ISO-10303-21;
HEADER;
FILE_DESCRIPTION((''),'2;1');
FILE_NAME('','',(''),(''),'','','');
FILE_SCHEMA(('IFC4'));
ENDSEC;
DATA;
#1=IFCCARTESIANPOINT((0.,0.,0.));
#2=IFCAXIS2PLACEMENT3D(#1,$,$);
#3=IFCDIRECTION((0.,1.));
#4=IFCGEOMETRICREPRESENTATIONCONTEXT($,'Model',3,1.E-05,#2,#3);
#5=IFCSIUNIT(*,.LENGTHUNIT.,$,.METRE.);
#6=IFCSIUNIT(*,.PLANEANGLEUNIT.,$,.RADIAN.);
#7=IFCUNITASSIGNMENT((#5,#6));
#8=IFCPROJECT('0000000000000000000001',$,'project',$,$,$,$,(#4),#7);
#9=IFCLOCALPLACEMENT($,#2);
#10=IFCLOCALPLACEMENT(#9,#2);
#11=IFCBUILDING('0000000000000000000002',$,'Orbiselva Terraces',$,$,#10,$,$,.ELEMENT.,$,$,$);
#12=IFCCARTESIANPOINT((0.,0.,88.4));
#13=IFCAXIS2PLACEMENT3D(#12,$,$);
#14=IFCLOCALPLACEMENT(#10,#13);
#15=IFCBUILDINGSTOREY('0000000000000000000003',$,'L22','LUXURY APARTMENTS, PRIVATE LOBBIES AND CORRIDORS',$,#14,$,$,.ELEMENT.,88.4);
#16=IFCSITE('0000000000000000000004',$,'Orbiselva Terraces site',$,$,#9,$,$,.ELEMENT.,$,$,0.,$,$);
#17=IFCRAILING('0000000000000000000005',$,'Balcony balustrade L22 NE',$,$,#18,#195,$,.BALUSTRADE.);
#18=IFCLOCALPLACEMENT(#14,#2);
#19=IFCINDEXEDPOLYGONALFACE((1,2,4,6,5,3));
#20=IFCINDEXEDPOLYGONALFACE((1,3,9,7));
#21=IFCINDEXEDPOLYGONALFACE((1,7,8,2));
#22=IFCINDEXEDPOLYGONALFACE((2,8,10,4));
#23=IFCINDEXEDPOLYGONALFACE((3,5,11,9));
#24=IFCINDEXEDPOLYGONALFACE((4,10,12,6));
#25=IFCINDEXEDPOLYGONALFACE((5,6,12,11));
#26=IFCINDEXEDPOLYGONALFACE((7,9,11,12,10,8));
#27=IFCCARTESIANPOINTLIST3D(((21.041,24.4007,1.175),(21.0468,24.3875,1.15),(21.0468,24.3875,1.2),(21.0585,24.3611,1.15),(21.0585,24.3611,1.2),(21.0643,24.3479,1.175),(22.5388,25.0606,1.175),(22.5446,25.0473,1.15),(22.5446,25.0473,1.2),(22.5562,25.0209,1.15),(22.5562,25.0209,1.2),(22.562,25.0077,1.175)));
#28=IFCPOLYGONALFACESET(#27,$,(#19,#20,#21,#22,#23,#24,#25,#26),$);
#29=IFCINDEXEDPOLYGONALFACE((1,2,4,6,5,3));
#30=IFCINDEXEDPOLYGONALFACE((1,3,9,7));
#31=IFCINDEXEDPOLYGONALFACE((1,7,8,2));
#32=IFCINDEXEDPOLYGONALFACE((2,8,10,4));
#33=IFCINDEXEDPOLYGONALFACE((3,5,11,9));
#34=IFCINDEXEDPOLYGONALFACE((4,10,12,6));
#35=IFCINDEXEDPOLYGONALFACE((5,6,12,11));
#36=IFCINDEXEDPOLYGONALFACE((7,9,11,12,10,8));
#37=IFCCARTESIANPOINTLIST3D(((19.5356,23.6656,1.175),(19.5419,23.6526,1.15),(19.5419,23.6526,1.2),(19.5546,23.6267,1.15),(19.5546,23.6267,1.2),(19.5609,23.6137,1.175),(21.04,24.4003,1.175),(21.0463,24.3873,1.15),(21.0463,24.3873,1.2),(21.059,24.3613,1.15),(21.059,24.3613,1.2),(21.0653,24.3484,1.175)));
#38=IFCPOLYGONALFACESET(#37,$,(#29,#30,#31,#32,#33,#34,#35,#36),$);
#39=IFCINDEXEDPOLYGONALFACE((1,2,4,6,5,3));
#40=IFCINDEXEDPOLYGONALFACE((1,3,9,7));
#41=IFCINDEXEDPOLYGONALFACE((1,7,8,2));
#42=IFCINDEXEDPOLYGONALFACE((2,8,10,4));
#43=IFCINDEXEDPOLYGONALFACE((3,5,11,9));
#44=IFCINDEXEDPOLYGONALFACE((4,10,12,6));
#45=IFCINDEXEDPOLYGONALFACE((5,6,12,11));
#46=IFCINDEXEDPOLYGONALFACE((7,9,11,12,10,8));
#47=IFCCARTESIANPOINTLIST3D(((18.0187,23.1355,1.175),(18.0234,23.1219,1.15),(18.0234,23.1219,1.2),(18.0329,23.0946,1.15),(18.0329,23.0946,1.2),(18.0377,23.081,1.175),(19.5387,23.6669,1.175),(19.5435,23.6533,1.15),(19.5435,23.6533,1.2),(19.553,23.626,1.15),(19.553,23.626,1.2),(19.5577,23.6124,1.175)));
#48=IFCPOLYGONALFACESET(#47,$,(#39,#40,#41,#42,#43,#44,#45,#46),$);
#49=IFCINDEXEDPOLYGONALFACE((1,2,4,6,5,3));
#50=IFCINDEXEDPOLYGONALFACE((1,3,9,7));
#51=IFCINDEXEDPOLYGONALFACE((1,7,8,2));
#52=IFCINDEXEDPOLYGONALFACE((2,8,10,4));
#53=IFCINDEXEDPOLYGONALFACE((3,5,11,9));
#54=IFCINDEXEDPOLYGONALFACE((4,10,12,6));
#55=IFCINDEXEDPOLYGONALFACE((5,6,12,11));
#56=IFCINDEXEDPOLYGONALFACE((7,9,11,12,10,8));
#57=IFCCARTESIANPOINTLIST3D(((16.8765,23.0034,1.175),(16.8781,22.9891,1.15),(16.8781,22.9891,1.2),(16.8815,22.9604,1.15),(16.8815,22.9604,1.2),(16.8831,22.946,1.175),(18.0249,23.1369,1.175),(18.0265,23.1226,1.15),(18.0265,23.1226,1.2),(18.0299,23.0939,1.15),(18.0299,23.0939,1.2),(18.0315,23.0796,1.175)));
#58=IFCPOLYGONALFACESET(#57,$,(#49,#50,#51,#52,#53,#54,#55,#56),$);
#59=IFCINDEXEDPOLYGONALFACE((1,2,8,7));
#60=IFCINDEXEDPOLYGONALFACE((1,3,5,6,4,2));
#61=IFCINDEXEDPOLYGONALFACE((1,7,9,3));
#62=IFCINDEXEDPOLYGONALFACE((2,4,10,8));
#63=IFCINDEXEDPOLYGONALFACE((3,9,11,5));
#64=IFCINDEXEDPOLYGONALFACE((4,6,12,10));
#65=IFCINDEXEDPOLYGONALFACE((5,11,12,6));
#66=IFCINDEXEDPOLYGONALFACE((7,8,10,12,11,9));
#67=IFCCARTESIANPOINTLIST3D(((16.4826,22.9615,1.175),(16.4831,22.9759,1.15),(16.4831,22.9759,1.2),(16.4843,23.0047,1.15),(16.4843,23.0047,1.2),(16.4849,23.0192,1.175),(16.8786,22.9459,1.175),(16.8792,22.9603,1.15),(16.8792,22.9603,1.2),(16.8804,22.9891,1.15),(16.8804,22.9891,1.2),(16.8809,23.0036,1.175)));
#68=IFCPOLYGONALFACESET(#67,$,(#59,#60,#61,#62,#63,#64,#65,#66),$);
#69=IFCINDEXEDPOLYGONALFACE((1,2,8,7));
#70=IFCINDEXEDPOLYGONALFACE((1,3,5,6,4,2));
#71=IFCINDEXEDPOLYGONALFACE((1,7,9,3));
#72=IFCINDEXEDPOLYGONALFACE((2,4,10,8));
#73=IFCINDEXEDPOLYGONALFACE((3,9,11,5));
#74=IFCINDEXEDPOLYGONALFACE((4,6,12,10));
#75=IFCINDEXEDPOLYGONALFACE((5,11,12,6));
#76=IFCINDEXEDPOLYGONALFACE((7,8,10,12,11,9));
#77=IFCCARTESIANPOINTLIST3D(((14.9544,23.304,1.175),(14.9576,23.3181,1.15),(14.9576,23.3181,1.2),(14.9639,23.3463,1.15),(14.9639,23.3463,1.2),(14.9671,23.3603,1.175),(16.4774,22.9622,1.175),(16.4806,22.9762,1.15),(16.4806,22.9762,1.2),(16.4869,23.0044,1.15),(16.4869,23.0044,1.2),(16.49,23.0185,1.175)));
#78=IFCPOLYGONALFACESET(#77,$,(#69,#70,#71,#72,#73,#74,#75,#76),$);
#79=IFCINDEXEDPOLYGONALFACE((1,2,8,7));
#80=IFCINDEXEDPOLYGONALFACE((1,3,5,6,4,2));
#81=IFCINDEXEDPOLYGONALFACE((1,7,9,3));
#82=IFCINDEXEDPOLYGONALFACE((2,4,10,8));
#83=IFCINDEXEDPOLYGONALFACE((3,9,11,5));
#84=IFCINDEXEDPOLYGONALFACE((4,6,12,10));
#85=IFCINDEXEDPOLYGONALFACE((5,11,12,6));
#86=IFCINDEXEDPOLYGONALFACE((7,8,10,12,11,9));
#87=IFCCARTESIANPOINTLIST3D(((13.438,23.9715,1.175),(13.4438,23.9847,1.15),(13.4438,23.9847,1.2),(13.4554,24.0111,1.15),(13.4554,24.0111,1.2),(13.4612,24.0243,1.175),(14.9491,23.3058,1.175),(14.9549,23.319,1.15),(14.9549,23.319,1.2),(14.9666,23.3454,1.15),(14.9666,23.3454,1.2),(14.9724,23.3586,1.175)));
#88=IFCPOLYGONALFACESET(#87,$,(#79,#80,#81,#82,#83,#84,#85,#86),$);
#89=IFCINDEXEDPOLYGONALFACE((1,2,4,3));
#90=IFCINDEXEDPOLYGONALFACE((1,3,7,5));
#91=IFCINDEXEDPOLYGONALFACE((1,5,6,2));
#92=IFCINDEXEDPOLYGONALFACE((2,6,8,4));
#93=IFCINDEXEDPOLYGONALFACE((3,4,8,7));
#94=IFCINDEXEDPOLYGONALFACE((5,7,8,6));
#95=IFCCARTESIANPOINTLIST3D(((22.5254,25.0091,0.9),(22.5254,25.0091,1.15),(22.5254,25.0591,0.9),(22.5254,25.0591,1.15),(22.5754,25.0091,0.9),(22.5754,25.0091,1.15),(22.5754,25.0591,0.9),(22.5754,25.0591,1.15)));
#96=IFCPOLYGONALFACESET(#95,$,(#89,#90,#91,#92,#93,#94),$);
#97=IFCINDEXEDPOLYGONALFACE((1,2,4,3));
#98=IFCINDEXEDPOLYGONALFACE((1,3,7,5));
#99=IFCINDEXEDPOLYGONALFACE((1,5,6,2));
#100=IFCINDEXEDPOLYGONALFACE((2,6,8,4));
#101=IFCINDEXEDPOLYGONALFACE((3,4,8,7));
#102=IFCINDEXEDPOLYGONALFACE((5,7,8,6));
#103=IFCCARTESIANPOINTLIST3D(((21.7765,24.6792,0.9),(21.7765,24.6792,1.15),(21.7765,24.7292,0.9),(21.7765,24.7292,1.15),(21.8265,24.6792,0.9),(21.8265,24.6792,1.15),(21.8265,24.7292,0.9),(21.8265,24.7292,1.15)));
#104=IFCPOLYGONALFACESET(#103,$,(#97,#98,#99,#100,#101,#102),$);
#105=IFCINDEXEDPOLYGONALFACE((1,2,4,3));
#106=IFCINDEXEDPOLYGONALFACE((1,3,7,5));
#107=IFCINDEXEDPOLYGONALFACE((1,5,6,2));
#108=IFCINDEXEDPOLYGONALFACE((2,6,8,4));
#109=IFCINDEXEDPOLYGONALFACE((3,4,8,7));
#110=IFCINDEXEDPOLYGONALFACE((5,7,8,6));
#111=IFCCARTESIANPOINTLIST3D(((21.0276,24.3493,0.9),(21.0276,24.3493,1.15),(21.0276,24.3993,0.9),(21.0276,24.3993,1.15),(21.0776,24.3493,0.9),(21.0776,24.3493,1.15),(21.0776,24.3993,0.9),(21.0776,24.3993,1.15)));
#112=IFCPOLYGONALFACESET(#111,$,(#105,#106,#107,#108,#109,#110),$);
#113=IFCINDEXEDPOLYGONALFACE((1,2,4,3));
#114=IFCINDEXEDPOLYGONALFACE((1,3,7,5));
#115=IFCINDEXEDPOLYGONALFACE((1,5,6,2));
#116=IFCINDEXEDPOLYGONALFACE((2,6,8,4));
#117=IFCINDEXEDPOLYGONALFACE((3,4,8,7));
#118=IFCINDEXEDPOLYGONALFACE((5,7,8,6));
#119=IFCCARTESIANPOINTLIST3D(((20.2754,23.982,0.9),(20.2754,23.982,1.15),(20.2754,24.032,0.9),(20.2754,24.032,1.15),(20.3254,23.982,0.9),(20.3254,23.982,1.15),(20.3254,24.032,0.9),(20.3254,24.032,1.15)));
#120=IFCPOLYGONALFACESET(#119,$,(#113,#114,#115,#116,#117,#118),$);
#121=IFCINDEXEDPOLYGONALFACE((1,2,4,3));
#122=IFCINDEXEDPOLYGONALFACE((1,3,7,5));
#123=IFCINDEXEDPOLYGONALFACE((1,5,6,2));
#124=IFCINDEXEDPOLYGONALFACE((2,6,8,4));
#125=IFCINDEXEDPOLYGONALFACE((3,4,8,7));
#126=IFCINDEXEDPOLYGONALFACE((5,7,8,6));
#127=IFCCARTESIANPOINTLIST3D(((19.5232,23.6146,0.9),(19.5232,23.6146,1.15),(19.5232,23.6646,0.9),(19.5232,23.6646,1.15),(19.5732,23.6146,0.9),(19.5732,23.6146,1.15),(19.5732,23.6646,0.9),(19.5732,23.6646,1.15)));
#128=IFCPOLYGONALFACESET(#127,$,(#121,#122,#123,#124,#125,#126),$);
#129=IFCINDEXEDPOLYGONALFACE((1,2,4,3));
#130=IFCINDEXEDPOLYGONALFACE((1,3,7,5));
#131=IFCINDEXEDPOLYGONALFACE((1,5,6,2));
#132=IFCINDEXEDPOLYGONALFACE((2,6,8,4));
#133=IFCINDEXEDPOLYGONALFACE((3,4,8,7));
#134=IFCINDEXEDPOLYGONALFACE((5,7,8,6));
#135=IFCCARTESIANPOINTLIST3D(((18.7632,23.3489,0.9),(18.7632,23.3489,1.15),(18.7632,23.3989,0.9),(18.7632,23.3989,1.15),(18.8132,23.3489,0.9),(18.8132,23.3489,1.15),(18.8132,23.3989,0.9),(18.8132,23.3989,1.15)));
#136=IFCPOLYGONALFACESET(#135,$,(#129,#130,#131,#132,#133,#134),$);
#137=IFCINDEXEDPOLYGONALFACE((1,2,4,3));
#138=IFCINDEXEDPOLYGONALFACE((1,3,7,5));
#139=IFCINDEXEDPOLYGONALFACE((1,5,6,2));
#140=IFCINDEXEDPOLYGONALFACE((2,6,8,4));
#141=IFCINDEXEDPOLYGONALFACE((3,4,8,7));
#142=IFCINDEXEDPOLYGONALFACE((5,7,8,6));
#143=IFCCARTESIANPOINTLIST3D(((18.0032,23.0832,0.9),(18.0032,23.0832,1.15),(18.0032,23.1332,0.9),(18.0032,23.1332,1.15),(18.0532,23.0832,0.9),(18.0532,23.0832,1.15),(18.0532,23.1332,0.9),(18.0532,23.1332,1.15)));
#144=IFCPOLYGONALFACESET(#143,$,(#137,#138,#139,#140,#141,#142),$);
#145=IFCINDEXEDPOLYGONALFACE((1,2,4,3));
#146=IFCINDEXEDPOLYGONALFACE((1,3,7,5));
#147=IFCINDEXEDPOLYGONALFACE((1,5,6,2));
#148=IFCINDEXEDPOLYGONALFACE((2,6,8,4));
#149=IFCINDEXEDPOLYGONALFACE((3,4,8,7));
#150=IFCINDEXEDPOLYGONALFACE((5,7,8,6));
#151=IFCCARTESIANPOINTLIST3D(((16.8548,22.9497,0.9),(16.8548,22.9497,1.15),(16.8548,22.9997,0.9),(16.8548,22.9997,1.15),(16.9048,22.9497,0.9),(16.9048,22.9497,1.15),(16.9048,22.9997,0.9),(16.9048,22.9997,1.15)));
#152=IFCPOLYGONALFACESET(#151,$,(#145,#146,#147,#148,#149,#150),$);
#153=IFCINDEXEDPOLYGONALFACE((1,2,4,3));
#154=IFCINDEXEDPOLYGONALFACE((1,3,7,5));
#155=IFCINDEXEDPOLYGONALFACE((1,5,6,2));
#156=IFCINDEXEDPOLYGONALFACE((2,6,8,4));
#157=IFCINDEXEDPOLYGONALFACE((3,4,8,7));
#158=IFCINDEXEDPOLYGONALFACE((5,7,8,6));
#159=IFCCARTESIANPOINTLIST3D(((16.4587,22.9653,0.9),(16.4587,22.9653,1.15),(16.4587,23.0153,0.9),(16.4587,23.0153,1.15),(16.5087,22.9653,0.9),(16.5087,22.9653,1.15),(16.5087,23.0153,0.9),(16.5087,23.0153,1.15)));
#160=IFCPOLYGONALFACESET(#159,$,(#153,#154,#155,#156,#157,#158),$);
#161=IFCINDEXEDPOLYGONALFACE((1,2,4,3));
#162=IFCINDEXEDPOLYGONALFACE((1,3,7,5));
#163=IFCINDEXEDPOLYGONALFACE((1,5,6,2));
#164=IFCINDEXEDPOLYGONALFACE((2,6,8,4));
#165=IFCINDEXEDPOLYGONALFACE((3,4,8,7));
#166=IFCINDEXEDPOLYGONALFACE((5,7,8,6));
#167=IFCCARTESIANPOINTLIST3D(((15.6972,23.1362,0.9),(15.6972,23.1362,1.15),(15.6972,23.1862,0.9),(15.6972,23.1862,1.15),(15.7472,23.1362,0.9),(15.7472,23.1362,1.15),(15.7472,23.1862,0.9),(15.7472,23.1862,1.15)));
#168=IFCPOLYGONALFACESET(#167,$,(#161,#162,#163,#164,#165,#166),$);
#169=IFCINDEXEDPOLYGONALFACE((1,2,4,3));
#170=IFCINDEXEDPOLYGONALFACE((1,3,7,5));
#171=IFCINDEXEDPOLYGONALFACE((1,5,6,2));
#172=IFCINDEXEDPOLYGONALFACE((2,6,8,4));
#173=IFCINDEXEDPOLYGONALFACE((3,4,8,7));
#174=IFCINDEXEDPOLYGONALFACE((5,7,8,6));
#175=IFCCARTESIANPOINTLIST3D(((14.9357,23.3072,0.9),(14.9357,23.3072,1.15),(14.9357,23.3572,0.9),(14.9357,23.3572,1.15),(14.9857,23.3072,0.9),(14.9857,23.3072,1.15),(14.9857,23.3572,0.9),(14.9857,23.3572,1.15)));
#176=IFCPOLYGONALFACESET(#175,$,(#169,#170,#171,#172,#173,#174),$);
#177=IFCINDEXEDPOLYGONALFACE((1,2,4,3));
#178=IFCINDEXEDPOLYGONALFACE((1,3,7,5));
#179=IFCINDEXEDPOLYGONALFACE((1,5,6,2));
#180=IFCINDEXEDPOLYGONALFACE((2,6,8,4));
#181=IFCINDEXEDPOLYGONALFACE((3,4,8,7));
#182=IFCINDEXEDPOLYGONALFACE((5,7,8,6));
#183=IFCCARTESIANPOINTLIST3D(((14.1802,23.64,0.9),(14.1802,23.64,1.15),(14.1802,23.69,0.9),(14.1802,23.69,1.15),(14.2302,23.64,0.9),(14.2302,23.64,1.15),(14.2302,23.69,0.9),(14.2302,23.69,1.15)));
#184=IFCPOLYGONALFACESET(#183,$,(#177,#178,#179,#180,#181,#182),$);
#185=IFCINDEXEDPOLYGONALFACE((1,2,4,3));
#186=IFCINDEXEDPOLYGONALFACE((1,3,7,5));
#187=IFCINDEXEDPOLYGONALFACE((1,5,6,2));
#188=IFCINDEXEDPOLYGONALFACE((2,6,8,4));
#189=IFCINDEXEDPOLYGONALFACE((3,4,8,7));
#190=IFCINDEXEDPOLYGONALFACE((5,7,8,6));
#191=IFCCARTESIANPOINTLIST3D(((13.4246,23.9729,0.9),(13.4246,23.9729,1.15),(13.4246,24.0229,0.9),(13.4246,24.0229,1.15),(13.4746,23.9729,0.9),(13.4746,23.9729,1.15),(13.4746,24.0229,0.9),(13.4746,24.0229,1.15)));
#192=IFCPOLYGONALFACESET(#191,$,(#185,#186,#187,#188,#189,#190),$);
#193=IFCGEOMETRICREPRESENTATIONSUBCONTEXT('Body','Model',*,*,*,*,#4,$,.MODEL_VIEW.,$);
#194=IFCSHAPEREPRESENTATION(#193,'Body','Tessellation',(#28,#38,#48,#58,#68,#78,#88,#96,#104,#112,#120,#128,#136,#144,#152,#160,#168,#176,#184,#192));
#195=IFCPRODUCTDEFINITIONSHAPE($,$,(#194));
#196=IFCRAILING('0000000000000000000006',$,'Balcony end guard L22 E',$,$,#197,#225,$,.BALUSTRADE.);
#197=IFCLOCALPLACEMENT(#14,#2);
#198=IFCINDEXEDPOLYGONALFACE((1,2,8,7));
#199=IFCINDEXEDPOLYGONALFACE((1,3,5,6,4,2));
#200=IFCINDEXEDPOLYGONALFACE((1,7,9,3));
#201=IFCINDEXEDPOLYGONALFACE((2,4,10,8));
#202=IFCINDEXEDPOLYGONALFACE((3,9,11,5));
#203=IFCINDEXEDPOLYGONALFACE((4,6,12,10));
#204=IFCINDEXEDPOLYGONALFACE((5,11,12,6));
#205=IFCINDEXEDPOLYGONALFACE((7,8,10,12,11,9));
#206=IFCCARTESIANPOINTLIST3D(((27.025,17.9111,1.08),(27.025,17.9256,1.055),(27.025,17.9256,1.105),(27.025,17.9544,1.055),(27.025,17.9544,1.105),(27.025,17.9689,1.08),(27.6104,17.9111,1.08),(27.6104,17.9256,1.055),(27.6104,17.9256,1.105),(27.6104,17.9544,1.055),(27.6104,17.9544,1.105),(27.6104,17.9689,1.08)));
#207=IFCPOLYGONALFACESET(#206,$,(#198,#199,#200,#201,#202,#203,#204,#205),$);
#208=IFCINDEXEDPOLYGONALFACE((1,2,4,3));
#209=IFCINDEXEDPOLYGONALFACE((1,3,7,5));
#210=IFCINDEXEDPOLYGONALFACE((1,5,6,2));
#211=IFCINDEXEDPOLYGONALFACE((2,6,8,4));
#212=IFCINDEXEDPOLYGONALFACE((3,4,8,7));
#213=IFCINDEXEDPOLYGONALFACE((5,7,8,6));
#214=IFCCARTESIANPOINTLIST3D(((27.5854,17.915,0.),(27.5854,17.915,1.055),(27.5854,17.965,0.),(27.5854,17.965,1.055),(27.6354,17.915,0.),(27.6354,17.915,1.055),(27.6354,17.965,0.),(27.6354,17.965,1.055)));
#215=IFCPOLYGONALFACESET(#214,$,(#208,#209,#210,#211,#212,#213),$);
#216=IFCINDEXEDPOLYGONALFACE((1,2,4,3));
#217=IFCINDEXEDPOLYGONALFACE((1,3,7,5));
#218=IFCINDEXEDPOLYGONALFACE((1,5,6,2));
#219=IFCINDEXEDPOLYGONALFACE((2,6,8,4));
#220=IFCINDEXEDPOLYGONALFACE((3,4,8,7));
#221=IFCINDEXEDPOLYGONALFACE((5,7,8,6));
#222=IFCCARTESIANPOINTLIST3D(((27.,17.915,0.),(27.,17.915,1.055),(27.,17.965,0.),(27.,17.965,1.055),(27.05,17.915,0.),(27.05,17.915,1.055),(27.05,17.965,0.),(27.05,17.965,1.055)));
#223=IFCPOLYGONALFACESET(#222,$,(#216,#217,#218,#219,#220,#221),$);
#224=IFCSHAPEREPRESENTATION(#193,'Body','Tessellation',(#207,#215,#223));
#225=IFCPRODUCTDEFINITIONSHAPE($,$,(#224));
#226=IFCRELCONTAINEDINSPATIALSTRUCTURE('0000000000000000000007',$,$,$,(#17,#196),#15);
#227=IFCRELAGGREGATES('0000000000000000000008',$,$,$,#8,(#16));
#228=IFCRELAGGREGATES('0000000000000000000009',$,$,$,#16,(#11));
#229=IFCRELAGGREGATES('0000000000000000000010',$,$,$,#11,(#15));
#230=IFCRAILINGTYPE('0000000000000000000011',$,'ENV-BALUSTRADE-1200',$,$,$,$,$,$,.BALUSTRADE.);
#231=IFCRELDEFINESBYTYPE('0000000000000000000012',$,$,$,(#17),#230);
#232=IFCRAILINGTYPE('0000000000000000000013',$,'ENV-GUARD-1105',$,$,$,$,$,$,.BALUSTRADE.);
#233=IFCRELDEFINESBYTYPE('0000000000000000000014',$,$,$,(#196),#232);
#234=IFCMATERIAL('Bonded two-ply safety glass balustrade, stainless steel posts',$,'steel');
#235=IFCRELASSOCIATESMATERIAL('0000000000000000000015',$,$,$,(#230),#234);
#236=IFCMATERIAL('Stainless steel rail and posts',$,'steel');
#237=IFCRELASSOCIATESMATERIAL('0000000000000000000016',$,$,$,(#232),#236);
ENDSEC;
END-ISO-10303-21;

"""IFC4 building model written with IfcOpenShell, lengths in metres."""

from ifc_helpers import new_model, si_unit, direction, frame, origin, origin_2d, place, context, subcontext, project, spatial, polyline, rectangle, outline, extrude, material, type_object, element, save


model = new_model("IFC4")

# Units and contexts
model_context = context("Model", 3, precision=1e-05, world=origin(), true_north=direction((0.0, 1.0)))
body_context = subcontext(model_context, "Body", "Model", "MODEL_VIEW")
ifc_project = project(units=[si_unit("LENGTHUNIT", "METRE"), si_unit("PLANEANGLEUNIT", "RADIAN")], contexts=[model_context])

# Site, building, storey
site_placement = place(None, origin())
site = spatial("IfcSite", under=ifc_project, at=site_placement, Name="Orbiselva Terraces site", CompositionType="ELEMENT", RefElevation=0.0)
building_placement = place(site_placement, origin())
building = spatial("IfcBuilding", under=site, at=building_placement, Name="Orbiselva Terraces", CompositionType="ELEMENT")
storey_placement = place(building_placement, frame((0.0, 0.0, 88.4)))
storey = spatial("IfcBuildingStorey", under=building, at=storey_placement, Name="L22", Description="LUXURY APARTMENTS, PRIVATE LOBBIES AND CORRIDORS", CompositionType="ELEMENT", Elevation=88.4)

# Railings
ifc_material_1 = material(Name="Bonded two-ply safety glass balustrade, stainless steel posts", Category="steel")
railing_type_1 = type_object("IfcRailingType", Name="ENV-BALUSTRADE-1200", PredefinedType="BALUSTRADE", material=ifc_material_1)
railing_1_placement = place(storey_placement, frame((22.5504, 25.0341, 0.9)))
element("IfcRailing", 1, at=railing_1_placement, inside=storey, type_object=railing_type_1, Name="Balcony balustrade L22 NE", PredefinedType="BALUSTRADE", context=body_context, shape_type="SweptSolid", body=[
    extrude(outline(polyline([(0.0289, 0.0), (0.0144, 0.025), (-0.0144, 0.025), (-0.0289, 0.0), (-0.0144, -0.025), (0.0144, -0.025), (0.0289, 0.0)])), frame((0.0, 0.0, 0.275), z_axis=(-0.915133, -0.403151, 0.0), x_axis=(0.403151, -0.915133, 0.0)), (0.0, 0.0, 1.0), 1.6366),
    extrude(outline(polyline([(0.0289, 0.0), (0.0144, 0.025), (-0.0144, 0.025), (-0.0289, 0.0), (-0.0144, -0.025), (0.0144, -0.025), (0.0289, 0.0)])), frame((-1.4978, -0.6598, 0.275), z_axis=(-0.898579, -0.438812, 0.0), x_axis=(0.438812, -0.898579, 0.0)), (0.0, 0.0, 1.0), 1.6742),
    extrude(outline(polyline([(0.0289, 0.0), (0.0144, 0.025), (-0.0144, 0.025), (-0.0289, 0.0), (-0.0144, -0.025), (0.0144, -0.025), (0.0289, 0.0)])), frame((-3.0022, -1.3945, 0.275), z_axis=(-0.943972, -0.330025, 0.0), x_axis=(0.330025, -0.943972, 0.0)), (0.0, 0.0, 1.0), 1.6103),
    extrude(outline(polyline([(0.0289, 0.0), (0.0144, 0.025), (-0.0144, 0.025), (-0.0289, 0.0), (-0.0144, -0.025), (0.0144, -0.025), (0.0289, 0.0)])), frame((-4.5222, -1.9259, 0.275), z_axis=(-0.99331, -0.115482, 0.0), x_axis=(0.115482, -0.99331, 0.0)), (0.0, 0.0, 1.0), 1.1561),
    extrude(outline(polyline([(0.0289, 0.0), (0.0144, 0.025), (-0.0144, 0.025), (-0.0289, 0.0), (-0.0144, -0.025), (0.0144, -0.025), (0.0289, 0.0)])), frame((-5.6706, -2.0594, 0.275), z_axis=(-0.999225, 0.039369, 0.0), x_axis=(-0.039369, -0.999225, 0.0)), (0.0, 0.0, 1.0), 0.3964),
    extrude(outline(polyline([(0.0289, 0.0), (0.0144, 0.025), (-0.0144, 0.025), (-0.0289, 0.0), (-0.0144, -0.025), (0.0144, -0.025), (0.0289, 0.0)])), frame((-6.0667, -2.0438, 0.275), z_axis=(-0.975721, 0.219016, 0.0), x_axis=(-0.219016, -0.975721, 0.0)), (0.0, 0.0, 1.0), 1.5609),
    extrude(outline(polyline([(0.0289, 0.0), (0.0144, 0.025), (-0.0144, 0.025), (-0.0289, 0.0), (-0.0144, -0.025), (0.0144, -0.025), (0.0289, 0.0)])), frame((-7.5896, -1.702, 0.275), z_axis=(-0.915134, 0.403151, 0.0), x_axis=(-0.403151, -0.915134, 0.0)), (0.0, 0.0, 1.0), 1.6513),
    extrude(rectangle(XDim=0.05, YDim=0.05, at=origin_2d()), origin(), (0.0, 0.0, 1.0), 0.25),
    extrude(rectangle(XDim=0.05, YDim=0.05, at=origin_2d()), frame((-0.7489, -0.3299, 0.0)), (0.0, 0.0, 1.0), 0.25),
    extrude(rectangle(XDim=0.05, YDim=0.05, at=origin_2d()), frame((-1.4978, -0.6598, 0.0)), (0.0, 0.0, 1.0), 0.25),
    extrude(rectangle(XDim=0.05, YDim=0.05, at=origin_2d()), frame((-2.25, -1.0272, 0.0)), (0.0, 0.0, 1.0), 0.25),
    extrude(rectangle(XDim=0.05, YDim=0.05, at=origin_2d()), frame((-3.0022, -1.3945, 0.0)), (0.0, 0.0, 1.0), 0.25),
    extrude(rectangle(XDim=0.05, YDim=0.05, at=origin_2d()), frame((-3.7622, -1.6602, 0.0)), (0.0, 0.0, 1.0), 0.25),
    extrude(rectangle(XDim=0.05, YDim=0.05, at=origin_2d()), frame((-4.5222, -1.9259, 0.0)), (0.0, 0.0, 1.0), 0.25),
    extrude(rectangle(XDim=0.05, YDim=0.05, at=origin_2d()), frame((-5.6706, -2.0594, 0.0)), (0.0, 0.0, 1.0), 0.25),
    extrude(rectangle(XDim=0.05, YDim=0.05, at=origin_2d()), frame((-6.0667, -2.0438, 0.0)), (0.0, 0.0, 1.0), 0.25),
    extrude(rectangle(XDim=0.05, YDim=0.05, at=origin_2d()), frame((-6.8282, -1.8729, 0.0)), (0.0, 0.0, 1.0), 0.25),
    extrude(rectangle(XDim=0.05, YDim=0.05, at=origin_2d()), frame((-7.5896, -1.702, 0.0)), (0.0, 0.0, 1.0), 0.25),
    extrude(rectangle(XDim=0.05, YDim=0.05, at=origin_2d()), frame((-8.3452, -1.3691, 0.0)), (0.0, 0.0, 1.0), 0.25),
    extrude(rectangle(XDim=0.05, YDim=0.05, at=origin_2d()), frame((-9.1008, -1.0362, 0.0)), (0.0, 0.0, 1.0), 0.25),
])
ifc_material_2 = material(Name="Stainless steel rail and posts", Category="steel")
railing_type_2 = type_object("IfcRailingType", Name="ENV-GUARD-1105", PredefinedType="BALUSTRADE", material=ifc_material_2)
railing_2_placement = place(storey_placement, frame((27.6104, 17.94, 0.0)))
element("IfcRailing", 2, at=railing_2_placement, inside=storey, type_object=railing_type_2, Name="Balcony end guard L22 E", PredefinedType="BALUSTRADE", context=body_context, shape_type="SweptSolid", body=[
    extrude(outline(polyline([(0.0289, 0.0), (0.0144, 0.025), (-0.0144, 0.025), (-0.0289, 0.0), (-0.0144, -0.025), (0.0144, -0.025), (0.0289, 0.0)])), frame((0.0, 0.0, 1.08), z_axis=(-1.0, 0.0, 0.0), x_axis=(0.0, -1.0, 0.0)), (0.0, 0.0, 1.0), 0.5854),
    extrude(rectangle(XDim=0.05, YDim=0.05, at=origin_2d()), origin(), (0.0, 0.0, 1.0), 1.055),
    extrude(rectangle(XDim=0.05, YDim=0.05, at=origin_2d()), frame((-0.5854, 0.0, 0.0)), (0.0, 0.0, 1.0), 1.055),
])

save(model, "model.ifc")
